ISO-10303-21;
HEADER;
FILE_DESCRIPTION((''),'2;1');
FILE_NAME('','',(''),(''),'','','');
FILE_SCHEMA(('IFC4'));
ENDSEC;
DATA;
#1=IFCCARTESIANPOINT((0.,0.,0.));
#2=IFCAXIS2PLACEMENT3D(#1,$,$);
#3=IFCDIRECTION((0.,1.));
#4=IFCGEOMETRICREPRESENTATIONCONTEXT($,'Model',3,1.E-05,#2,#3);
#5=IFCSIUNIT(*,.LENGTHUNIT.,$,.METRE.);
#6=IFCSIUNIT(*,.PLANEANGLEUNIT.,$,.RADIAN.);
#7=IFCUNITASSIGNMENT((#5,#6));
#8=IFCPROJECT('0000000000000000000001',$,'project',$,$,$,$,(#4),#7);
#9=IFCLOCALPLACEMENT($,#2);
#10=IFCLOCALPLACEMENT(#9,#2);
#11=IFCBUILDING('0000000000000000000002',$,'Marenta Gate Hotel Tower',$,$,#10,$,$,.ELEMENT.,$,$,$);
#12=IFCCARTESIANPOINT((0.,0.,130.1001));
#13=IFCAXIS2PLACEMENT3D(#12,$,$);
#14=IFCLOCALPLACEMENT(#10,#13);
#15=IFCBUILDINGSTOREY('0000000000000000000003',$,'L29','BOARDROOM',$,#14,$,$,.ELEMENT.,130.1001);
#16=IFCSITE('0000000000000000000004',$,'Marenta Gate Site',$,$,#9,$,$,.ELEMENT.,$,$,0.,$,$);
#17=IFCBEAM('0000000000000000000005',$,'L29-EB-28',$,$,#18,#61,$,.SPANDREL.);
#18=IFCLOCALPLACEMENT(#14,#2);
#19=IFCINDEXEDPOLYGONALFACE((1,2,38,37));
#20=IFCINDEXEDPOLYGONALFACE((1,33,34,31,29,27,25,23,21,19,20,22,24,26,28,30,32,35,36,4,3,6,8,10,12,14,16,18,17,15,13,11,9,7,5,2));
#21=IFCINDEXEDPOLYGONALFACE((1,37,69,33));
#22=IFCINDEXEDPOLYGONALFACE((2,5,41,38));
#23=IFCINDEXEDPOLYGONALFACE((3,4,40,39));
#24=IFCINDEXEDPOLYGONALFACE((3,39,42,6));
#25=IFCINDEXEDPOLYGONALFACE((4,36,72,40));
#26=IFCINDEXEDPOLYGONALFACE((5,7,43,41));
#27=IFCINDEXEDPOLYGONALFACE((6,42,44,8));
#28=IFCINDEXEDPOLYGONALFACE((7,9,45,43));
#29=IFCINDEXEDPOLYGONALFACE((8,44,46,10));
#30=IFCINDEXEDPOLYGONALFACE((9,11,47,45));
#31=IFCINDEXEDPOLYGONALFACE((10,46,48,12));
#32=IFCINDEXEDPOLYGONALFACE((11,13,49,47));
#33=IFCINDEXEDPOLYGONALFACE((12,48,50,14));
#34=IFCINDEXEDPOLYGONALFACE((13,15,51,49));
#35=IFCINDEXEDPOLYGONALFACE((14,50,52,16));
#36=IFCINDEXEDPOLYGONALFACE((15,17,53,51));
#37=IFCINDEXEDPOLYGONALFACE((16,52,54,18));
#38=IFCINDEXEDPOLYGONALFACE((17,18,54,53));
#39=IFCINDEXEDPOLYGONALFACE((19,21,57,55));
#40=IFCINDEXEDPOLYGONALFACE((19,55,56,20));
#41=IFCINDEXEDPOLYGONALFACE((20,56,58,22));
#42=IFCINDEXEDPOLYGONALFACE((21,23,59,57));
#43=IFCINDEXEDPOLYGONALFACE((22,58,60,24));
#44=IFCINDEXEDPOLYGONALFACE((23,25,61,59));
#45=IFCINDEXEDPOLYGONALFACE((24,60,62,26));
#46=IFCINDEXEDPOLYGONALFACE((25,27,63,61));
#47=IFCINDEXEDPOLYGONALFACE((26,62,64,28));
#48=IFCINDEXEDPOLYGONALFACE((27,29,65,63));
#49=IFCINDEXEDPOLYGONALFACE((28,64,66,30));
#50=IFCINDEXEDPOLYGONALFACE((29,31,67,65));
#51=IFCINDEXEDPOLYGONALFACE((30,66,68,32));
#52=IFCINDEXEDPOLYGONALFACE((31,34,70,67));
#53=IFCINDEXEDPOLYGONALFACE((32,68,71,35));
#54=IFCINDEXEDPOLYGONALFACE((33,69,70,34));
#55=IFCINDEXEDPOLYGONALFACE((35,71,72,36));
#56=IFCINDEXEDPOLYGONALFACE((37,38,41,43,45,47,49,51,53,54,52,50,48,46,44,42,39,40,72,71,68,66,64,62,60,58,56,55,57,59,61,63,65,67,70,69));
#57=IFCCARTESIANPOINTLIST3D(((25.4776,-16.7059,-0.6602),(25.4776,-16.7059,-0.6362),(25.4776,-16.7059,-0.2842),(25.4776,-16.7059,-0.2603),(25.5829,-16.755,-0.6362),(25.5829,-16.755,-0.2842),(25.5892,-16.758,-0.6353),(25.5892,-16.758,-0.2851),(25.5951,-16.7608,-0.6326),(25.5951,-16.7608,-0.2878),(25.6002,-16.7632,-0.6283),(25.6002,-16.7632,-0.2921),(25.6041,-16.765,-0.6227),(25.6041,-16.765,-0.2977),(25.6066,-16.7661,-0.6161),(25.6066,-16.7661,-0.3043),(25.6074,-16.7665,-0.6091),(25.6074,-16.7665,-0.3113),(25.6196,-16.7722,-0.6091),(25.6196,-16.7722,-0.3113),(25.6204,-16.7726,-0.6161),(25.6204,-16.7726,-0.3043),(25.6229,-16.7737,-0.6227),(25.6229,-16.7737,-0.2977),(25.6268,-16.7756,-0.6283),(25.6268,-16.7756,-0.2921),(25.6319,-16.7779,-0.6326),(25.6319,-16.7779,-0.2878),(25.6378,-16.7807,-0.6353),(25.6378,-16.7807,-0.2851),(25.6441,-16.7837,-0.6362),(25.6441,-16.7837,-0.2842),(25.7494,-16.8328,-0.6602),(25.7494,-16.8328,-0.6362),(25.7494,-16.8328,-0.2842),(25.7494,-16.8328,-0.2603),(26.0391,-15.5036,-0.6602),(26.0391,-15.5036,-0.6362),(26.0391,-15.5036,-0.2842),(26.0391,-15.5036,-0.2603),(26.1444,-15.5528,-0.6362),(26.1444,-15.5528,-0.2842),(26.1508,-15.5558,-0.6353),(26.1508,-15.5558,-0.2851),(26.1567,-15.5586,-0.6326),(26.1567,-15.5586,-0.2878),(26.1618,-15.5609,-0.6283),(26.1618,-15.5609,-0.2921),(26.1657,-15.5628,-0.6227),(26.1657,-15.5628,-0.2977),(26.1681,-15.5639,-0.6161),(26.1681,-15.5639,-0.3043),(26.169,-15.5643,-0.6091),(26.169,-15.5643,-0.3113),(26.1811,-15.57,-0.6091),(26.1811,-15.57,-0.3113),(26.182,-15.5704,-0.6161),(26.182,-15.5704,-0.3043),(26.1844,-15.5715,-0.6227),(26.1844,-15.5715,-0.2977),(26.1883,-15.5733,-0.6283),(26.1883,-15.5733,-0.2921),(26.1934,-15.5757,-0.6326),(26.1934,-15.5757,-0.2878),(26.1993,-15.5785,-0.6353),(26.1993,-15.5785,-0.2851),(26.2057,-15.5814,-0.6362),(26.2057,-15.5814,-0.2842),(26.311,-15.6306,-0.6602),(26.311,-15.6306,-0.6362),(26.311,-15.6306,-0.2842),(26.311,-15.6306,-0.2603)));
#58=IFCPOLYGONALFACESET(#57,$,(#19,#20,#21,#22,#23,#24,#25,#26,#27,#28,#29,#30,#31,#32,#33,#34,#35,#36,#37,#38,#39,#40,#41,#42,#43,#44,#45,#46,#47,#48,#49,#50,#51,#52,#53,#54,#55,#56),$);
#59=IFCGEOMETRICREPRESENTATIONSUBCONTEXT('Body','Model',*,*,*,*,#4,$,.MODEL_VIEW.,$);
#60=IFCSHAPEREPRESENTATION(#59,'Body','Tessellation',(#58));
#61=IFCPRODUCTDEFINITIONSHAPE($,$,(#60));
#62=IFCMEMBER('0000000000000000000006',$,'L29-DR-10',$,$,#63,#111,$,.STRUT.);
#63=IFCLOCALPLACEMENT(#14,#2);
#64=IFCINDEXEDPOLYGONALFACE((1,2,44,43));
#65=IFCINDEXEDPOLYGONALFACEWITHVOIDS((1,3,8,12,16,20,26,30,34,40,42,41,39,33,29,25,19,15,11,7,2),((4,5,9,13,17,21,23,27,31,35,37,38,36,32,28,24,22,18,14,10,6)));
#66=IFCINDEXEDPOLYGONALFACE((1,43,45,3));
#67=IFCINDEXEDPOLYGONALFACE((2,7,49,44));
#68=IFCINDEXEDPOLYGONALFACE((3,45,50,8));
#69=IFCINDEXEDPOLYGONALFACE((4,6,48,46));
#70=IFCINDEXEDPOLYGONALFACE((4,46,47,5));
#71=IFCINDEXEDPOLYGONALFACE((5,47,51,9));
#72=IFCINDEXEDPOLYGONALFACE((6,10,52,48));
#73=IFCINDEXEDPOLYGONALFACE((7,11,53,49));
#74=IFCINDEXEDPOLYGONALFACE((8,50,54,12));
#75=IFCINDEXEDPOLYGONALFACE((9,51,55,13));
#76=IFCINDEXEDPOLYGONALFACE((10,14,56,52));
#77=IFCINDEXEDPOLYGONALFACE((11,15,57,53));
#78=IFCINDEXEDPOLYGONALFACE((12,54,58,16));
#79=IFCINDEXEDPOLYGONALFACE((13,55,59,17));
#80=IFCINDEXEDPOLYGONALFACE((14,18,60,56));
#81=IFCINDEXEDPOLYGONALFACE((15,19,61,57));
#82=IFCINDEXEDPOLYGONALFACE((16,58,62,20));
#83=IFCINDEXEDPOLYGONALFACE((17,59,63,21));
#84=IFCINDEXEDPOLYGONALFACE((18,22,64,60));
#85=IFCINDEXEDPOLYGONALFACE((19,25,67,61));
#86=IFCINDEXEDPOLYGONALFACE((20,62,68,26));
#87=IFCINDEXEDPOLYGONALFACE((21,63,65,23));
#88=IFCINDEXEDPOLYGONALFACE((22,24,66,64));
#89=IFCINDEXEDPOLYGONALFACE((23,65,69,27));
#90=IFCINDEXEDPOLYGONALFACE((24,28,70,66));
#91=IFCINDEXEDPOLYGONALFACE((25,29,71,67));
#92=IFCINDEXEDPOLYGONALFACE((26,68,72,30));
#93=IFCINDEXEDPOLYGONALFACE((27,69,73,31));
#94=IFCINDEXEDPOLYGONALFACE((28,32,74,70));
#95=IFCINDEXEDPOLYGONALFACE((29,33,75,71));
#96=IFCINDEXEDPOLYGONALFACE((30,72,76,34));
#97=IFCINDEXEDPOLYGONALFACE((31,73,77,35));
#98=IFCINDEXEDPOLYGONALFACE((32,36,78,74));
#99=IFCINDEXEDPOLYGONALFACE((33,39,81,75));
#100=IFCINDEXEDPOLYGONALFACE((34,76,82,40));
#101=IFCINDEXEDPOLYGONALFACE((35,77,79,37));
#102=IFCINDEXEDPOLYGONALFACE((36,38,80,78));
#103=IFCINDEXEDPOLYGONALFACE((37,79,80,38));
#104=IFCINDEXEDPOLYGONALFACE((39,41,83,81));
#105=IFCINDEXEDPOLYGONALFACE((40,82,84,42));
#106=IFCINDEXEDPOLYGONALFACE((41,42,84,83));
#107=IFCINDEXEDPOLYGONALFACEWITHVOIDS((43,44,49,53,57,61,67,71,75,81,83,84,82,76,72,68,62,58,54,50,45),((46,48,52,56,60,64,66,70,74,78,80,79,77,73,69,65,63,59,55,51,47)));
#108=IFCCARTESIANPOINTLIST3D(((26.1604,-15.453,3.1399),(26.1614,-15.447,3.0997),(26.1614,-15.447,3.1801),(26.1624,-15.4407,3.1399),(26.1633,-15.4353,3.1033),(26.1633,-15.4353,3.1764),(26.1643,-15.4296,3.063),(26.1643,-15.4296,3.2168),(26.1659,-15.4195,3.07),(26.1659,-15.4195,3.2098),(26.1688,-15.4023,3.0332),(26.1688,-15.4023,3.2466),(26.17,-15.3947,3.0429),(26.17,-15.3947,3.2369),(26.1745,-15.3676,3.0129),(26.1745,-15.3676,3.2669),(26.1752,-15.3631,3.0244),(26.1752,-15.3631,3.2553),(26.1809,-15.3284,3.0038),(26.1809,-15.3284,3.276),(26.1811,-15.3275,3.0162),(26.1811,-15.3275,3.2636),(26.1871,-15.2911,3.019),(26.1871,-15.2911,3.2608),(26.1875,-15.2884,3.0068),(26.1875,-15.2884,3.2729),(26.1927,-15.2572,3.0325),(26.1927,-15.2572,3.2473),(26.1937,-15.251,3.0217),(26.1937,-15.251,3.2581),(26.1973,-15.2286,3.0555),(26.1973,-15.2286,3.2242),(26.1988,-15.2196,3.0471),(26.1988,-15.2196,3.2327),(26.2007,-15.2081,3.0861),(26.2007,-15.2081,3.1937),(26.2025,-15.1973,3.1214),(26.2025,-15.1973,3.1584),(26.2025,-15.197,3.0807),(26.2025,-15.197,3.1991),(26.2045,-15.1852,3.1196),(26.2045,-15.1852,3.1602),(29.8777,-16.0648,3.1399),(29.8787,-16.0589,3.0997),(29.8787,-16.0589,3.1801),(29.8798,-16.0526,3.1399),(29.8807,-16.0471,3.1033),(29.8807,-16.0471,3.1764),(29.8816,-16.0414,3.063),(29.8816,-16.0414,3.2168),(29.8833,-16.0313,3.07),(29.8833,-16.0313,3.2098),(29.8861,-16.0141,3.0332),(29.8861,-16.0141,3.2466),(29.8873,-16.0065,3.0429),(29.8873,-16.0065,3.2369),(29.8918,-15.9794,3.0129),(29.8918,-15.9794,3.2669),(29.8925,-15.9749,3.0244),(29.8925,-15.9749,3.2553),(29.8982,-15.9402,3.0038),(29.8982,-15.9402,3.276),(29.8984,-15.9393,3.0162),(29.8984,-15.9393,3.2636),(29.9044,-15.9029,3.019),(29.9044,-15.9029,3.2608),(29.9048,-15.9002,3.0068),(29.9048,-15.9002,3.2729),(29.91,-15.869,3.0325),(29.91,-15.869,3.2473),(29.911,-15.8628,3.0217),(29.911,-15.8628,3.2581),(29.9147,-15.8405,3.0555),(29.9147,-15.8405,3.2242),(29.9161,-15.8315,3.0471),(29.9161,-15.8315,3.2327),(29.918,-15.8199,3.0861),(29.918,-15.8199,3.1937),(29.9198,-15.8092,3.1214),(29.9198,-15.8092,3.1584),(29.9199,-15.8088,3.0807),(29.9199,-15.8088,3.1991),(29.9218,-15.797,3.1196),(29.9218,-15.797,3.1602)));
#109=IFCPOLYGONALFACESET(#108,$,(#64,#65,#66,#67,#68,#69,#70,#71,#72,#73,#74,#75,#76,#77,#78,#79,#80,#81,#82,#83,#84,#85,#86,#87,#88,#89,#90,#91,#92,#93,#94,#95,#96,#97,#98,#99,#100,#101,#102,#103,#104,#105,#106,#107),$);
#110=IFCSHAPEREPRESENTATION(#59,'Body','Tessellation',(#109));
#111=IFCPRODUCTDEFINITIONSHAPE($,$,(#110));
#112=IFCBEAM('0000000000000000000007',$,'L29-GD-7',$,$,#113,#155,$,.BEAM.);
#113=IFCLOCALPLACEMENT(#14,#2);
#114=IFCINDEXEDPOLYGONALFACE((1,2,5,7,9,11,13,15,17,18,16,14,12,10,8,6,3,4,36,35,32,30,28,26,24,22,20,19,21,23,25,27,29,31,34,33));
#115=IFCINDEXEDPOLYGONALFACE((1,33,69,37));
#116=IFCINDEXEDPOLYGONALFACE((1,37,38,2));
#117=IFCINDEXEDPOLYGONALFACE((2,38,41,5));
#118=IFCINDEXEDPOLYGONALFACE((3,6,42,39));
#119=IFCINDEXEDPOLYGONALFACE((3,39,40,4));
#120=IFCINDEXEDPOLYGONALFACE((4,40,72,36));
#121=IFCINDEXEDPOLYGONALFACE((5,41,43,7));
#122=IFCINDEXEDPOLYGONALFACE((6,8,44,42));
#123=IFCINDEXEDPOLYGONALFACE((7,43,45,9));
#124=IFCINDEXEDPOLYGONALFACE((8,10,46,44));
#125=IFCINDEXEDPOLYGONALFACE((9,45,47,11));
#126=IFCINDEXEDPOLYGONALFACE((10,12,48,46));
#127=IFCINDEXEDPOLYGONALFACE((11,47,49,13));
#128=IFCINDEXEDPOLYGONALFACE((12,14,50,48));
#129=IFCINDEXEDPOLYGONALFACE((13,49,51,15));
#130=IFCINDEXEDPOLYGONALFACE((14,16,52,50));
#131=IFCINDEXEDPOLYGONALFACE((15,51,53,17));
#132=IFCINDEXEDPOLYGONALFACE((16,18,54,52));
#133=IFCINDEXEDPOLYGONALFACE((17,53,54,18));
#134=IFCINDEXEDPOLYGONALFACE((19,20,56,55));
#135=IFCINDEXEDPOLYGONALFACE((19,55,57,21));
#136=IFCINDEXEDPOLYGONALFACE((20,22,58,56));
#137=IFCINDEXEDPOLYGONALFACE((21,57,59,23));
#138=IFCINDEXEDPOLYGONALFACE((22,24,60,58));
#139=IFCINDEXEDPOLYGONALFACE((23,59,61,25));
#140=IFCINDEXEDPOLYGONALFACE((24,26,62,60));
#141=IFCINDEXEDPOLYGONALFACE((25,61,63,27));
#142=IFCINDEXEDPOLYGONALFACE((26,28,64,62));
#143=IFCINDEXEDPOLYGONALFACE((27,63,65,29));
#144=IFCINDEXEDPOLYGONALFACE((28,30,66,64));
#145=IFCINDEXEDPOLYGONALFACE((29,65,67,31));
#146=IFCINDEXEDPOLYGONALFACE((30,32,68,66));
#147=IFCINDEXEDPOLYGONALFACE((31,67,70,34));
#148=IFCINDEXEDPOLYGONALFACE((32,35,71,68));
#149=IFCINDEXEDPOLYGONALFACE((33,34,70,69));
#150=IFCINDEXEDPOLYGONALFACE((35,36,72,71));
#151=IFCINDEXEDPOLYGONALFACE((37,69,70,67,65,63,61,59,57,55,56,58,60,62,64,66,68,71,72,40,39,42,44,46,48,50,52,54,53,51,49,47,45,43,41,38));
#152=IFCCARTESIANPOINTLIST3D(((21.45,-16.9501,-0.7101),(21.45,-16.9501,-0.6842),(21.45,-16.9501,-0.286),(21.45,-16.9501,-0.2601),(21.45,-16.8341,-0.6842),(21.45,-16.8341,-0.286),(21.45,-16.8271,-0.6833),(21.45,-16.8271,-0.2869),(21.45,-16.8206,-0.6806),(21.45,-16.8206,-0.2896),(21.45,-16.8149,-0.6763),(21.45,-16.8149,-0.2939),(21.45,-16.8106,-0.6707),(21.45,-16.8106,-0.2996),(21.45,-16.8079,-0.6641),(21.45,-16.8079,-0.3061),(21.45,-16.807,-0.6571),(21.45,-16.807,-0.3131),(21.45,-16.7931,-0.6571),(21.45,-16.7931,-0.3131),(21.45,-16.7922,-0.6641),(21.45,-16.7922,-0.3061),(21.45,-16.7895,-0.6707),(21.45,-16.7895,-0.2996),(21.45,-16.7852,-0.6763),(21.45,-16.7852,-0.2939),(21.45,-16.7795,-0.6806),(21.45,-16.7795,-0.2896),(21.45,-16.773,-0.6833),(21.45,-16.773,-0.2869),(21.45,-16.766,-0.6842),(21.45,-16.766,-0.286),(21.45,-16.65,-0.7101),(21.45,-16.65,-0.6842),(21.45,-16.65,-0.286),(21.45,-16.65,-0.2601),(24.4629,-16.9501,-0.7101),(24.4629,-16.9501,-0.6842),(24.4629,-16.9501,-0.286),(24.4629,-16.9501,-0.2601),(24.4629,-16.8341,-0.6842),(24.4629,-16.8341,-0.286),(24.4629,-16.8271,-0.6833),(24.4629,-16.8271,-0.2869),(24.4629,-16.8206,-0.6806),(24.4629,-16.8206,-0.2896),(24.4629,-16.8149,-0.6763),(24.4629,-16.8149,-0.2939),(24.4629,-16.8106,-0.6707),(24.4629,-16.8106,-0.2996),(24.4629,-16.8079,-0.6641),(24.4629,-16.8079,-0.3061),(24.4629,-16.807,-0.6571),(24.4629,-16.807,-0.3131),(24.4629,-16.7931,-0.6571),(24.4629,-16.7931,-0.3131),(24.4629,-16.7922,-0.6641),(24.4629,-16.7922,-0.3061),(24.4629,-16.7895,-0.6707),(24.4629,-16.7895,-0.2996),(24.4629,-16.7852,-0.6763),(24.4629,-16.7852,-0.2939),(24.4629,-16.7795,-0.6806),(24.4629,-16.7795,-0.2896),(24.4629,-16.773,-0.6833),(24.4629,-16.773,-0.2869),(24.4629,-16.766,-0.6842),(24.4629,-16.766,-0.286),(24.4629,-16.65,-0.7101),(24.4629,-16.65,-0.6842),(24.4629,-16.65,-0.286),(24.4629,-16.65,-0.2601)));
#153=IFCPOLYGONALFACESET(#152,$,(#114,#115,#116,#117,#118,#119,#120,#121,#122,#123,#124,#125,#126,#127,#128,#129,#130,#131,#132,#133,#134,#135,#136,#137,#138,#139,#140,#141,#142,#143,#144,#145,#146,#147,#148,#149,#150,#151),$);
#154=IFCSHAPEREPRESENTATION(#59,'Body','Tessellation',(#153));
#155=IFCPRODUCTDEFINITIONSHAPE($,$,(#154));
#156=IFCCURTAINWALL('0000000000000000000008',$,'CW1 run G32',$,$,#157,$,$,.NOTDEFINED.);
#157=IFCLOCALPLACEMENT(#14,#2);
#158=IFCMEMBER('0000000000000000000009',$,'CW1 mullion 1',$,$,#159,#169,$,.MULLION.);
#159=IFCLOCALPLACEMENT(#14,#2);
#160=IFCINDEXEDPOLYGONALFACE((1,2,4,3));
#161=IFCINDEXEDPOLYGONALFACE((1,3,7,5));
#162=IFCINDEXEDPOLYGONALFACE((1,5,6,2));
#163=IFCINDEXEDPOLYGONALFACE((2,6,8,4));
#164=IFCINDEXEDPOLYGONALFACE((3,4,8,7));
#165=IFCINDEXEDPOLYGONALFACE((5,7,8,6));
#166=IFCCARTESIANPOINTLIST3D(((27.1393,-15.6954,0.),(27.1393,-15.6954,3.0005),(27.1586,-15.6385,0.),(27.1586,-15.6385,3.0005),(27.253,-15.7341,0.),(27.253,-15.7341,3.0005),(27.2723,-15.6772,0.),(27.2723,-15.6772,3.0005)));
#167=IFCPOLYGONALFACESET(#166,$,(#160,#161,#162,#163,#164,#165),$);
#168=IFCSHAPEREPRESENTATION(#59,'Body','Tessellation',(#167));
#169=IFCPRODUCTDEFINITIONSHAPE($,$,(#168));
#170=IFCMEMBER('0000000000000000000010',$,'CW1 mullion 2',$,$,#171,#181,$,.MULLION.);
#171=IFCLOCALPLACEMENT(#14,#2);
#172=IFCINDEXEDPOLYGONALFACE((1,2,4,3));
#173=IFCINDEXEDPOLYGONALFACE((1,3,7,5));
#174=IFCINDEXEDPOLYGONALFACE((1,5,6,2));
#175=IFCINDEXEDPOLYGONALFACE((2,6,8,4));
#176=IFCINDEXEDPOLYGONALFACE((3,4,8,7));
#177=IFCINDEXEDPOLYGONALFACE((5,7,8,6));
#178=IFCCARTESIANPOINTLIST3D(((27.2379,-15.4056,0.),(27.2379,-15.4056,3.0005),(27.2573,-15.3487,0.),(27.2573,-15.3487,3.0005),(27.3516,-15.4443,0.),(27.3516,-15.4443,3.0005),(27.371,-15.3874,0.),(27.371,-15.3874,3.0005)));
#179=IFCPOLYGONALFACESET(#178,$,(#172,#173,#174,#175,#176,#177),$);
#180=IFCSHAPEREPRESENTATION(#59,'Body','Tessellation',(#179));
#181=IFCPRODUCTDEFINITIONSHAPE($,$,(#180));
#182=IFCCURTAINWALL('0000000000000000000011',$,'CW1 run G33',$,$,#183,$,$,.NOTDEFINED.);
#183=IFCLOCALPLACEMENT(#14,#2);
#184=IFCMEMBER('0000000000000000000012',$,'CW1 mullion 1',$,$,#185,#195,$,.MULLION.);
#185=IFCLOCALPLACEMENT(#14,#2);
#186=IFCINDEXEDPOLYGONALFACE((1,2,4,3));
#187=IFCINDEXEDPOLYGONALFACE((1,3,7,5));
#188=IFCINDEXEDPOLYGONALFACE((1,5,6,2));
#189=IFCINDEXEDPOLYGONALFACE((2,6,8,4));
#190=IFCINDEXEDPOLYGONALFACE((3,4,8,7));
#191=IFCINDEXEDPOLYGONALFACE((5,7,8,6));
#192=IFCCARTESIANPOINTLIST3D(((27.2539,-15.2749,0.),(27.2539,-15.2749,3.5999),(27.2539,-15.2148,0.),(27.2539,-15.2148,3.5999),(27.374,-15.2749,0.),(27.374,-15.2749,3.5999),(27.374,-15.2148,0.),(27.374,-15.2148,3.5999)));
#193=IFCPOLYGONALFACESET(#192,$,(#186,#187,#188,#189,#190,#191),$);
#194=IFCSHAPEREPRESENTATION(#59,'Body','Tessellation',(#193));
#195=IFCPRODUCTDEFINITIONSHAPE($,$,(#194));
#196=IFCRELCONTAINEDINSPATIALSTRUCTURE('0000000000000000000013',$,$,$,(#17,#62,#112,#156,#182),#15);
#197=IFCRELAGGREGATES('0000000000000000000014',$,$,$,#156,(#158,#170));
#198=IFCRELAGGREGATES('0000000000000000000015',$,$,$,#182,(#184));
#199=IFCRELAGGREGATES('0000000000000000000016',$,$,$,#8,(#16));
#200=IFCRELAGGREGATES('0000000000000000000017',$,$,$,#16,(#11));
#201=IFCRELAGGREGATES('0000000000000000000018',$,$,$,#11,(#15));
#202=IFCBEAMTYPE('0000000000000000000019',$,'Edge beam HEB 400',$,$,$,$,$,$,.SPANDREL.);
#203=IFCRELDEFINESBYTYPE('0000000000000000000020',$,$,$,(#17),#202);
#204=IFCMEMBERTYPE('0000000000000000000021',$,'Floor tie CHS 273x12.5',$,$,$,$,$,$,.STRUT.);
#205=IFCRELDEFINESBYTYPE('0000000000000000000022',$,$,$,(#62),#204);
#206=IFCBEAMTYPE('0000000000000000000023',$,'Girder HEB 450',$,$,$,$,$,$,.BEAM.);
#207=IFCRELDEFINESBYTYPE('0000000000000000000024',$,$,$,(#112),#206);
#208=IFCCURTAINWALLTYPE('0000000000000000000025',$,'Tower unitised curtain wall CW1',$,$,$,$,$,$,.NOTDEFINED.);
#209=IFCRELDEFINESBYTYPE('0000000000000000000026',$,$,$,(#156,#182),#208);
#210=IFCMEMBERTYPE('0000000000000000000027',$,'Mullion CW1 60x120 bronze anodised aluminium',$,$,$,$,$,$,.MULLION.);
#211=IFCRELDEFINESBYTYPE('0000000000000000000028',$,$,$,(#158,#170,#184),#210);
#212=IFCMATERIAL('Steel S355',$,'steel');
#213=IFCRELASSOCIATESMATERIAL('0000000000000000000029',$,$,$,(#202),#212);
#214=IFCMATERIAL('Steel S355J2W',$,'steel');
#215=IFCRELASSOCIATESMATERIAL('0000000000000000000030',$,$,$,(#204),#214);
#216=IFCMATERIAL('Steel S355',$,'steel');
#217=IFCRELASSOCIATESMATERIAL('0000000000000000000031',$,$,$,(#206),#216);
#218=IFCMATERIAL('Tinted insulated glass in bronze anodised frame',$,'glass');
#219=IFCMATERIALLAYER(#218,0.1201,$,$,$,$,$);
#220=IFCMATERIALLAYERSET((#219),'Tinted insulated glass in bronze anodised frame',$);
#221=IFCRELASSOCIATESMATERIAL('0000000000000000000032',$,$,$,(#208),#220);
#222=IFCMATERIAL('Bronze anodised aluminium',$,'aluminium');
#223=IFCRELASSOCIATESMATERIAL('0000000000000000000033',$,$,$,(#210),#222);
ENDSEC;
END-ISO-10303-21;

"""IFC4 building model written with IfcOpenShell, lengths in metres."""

from ifc_helpers import new_model, si_unit, direction, frame, origin, origin_2d, place, context, subcontext, project, spatial, rectangle, hollow_circle, i_section, extrude, material, layer, layer_set, material_profile, profile_set, type_object, element, aggregate, save


model = new_model("IFC4")

# Units and contexts
model_context = context("Model", 3, precision=1e-05, world=origin(), true_north=direction((0.0, 1.0)))
body_context = subcontext(model_context, "Body", "Model", "MODEL_VIEW")
ifc_project = project(units=[si_unit("LENGTHUNIT", "METRE"), si_unit("PLANEANGLEUNIT", "RADIAN")], contexts=[model_context])

# Site, building, storey
site_placement = place(None, origin())
site = spatial("IfcSite", under=ifc_project, at=site_placement, Name="Marenta Gate Site", CompositionType="ELEMENT", RefElevation=0.0)
building_placement = place(site_placement, origin())
building = spatial("IfcBuilding", under=site, at=building_placement, Name="Marenta Gate Hotel Tower", CompositionType="ELEMENT")
storey_placement = place(building_placement, frame((0.0, 0.0, 130.1001)))
storey = spatial("IfcBuildingStorey", under=building, at=storey_placement, Name="L29", Description="BOARDROOM", CompositionType="ELEMENT", Elevation=130.1001)

# Beam
ifc_material_1 = material(Name="Steel S355", Category="steel")
ifc_material_profile_1 = material_profile(ifc_material_1, i_section(OverallWidth=0.3, OverallDepth=0.3999, WebThickness=0.0134, FlangeThickness=0.0239, FilletRadius=0.0271, at=origin_2d()), Name="HEB 400")
ifc_profile_set_1 = profile_set([ifc_material_profile_1], Name="Steel S355")
beam_type_1 = type_object("IfcBeamType", Name="Edge beam HEB 400", PredefinedType="SPANDREL", material=ifc_profile_set_1)
beam_1_placement = place(storey_placement, frame((26.175, -15.5671, -0.4602), z_axis=(-0.423208, -0.906033, 0.0), x_axis=(0.906033, -0.423208, 0.0)))
element("IfcBeam", 1, at=beam_1_placement, inside=storey, type_object=beam_type_1, Name="L29-EB-28", PredefinedType="SPANDREL", context=body_context, shape_type="SweptSolid", body=[
    extrude(i_section(OverallWidth=0.3, OverallDepth=0.3999, WebThickness=0.0134, FlangeThickness=0.0239, FilletRadius=0.0271, at=origin_2d()), origin(), (0.0, 0.0, 1.0), 1.3269),
])

# Member
ifc_material_2 = material(Name="Steel S355J2W", Category="steel")
ifc_material_profile_2 = material_profile(ifc_material_2, hollow_circle(Radius=0.1365, WallThickness=0.0125, at=origin_2d()), Name="CHS 273x12.5")
ifc_profile_set_2 = profile_set([ifc_material_profile_2], Name="Steel S355J2W")
member_type_1 = type_object("IfcMemberType", Name="Floor tie CHS 273x12.5", PredefinedType="STRUT", material=ifc_profile_set_2)
member_1_placement = place(storey_placement, frame((29.8999, -15.9302, 3.1399), z_axis=(-0.986725, 0.162402, 0.0), x_axis=(-0.162402, -0.986725, 0.0)))
element("IfcMember", 2, at=member_1_placement, inside=storey, type_object=member_type_1, Name="L29-DR-10", PredefinedType="STRUT", context=body_context, shape_type="SweptSolid", body=[
    extrude(hollow_circle(Radius=0.1365, WallThickness=0.0125, at=origin_2d()), origin(), (0.0, 0.0, 1.0), 3.7673),
])

# Beam
ifc_material_3 = material(Name="Steel S355", Category="steel")
ifc_material_profile_3 = material_profile(ifc_material_3, i_section(OverallWidth=0.3, OverallDepth=0.45, WebThickness=0.0139, FlangeThickness=0.0259, FilletRadius=0.0271, at=origin_2d()), Name="HEB 450")
ifc_profile_set_3 = profile_set([ifc_material_profile_3], Name="Steel S355")
beam_type_2 = type_object("IfcBeamType", Name="Girder HEB 450", PredefinedType="BEAM", material=ifc_profile_set_3)
beam_2_placement = place(storey_placement, frame((21.45, -16.8, -0.4851), z_axis=(1.0, 0.0, 0.0), x_axis=(0.0, 1.0, 0.0)))
element("IfcBeam", 3, at=beam_2_placement, inside=storey, type_object=beam_type_2, Name="L29-GD-7", PredefinedType="BEAM", context=body_context, shape_type="SweptSolid", body=[
    extrude(i_section(OverallWidth=0.3, OverallDepth=0.45, WebThickness=0.0139, FlangeThickness=0.0259, FilletRadius=0.0271, at=origin_2d()), origin(), (0.0, 0.0, 1.0), 3.0129),
])

# Curtain wall, members
ifc_material_4 = material(Name="Tinted insulated glass in bronze anodised frame", Category="glass")
ifc_layer_1 = layer(ifc_material_4, 0.1201)
ifc_layer_set_1 = layer_set([ifc_layer_1], Name="Tinted insulated glass in bronze anodised frame")
curtain_wall_type = type_object("IfcCurtainWallType", Name="Tower unitised curtain wall CW1", PredefinedType="NOTDEFINED", material=ifc_layer_set_1)
curtain_wall_1_placement = place(storey_placement, origin())
curtain_wall_1 = element("IfcCurtainWall", 4, at=curtain_wall_1_placement, inside=storey, type_object=curtain_wall_type, Name="CW1 run G32", PredefinedType="NOTDEFINED")
ifc_material_5 = material(Name="Bronze anodised aluminium", Category="aluminium")
ifc_material_profile_4 = material_profile(ifc_material_5, rectangle(XDim=0.1201, YDim=0.0601, at=origin_2d()), Name="Mullion CW1 60x120 bronze anodised aluminium")
ifc_profile_set_4 = profile_set([ifc_material_profile_4], Name="Bronze anodised aluminium")
member_type_2 = type_object("IfcMemberType", Name="Mullion CW1 60x120 bronze anodised aluminium", PredefinedType="MULLION", material=ifc_profile_set_4)
member_2_placement = place(storey_placement, frame((27.2058, -15.6863, 0.0), z_axis=(0.0, 0.0, 1.0), x_axis=(-0.946726, 0.32204, 0.0)))
member_2 = element("IfcMember", 5, at=member_2_placement, type_object=member_type_2, Name="CW1 mullion 1", PredefinedType="MULLION", context=body_context, shape_type="SweptSolid", body=[
    extrude(rectangle(XDim=0.1201, YDim=0.0601, at=origin_2d()), origin(), (0.0, 0.0, 1.0), 3.0005),
])
member_3_placement = place(storey_placement, frame((27.3044, -15.3965, 0.0), z_axis=(0.0, 0.0, 1.0), x_axis=(-0.946726, 0.32204, 0.0)))
member_3 = element("IfcMember", 6, at=member_3_placement, type_object=member_type_2, Name="CW1 mullion 2", PredefinedType="MULLION", context=body_context, shape_type="SweptSolid", body=[
    extrude(rectangle(XDim=0.1201, YDim=0.0601, at=origin_2d()), origin(), (0.0, 0.0, 1.0), 3.0005),
])

# Curtain wall, member
curtain_wall_2_placement = place(storey_placement, origin())
curtain_wall_2 = element("IfcCurtainWall", 7, at=curtain_wall_2_placement, inside=storey, type_object=curtain_wall_type, Name="CW1 run G33", PredefinedType="NOTDEFINED")
member_4_placement = place(storey_placement, frame((27.314, -15.2449, 0.0), z_axis=(0.0, 0.0, 1.0), x_axis=(-1.0, 0.0, 0.0)))
member_4 = element("IfcMember", 8, at=member_4_placement, type_object=member_type_2, Name="CW1 mullion 1", PredefinedType="MULLION", context=body_context, shape_type="SweptSolid", body=[
    extrude(rectangle(XDim=0.1201, YDim=0.0601, at=origin_2d()), origin(), (0.0, 0.0, 1.0), 3.5999),
])

aggregate(curtain_wall_1, [member_2, member_3])
aggregate(curtain_wall_2, [member_4])

save(model, "model.ifc")
